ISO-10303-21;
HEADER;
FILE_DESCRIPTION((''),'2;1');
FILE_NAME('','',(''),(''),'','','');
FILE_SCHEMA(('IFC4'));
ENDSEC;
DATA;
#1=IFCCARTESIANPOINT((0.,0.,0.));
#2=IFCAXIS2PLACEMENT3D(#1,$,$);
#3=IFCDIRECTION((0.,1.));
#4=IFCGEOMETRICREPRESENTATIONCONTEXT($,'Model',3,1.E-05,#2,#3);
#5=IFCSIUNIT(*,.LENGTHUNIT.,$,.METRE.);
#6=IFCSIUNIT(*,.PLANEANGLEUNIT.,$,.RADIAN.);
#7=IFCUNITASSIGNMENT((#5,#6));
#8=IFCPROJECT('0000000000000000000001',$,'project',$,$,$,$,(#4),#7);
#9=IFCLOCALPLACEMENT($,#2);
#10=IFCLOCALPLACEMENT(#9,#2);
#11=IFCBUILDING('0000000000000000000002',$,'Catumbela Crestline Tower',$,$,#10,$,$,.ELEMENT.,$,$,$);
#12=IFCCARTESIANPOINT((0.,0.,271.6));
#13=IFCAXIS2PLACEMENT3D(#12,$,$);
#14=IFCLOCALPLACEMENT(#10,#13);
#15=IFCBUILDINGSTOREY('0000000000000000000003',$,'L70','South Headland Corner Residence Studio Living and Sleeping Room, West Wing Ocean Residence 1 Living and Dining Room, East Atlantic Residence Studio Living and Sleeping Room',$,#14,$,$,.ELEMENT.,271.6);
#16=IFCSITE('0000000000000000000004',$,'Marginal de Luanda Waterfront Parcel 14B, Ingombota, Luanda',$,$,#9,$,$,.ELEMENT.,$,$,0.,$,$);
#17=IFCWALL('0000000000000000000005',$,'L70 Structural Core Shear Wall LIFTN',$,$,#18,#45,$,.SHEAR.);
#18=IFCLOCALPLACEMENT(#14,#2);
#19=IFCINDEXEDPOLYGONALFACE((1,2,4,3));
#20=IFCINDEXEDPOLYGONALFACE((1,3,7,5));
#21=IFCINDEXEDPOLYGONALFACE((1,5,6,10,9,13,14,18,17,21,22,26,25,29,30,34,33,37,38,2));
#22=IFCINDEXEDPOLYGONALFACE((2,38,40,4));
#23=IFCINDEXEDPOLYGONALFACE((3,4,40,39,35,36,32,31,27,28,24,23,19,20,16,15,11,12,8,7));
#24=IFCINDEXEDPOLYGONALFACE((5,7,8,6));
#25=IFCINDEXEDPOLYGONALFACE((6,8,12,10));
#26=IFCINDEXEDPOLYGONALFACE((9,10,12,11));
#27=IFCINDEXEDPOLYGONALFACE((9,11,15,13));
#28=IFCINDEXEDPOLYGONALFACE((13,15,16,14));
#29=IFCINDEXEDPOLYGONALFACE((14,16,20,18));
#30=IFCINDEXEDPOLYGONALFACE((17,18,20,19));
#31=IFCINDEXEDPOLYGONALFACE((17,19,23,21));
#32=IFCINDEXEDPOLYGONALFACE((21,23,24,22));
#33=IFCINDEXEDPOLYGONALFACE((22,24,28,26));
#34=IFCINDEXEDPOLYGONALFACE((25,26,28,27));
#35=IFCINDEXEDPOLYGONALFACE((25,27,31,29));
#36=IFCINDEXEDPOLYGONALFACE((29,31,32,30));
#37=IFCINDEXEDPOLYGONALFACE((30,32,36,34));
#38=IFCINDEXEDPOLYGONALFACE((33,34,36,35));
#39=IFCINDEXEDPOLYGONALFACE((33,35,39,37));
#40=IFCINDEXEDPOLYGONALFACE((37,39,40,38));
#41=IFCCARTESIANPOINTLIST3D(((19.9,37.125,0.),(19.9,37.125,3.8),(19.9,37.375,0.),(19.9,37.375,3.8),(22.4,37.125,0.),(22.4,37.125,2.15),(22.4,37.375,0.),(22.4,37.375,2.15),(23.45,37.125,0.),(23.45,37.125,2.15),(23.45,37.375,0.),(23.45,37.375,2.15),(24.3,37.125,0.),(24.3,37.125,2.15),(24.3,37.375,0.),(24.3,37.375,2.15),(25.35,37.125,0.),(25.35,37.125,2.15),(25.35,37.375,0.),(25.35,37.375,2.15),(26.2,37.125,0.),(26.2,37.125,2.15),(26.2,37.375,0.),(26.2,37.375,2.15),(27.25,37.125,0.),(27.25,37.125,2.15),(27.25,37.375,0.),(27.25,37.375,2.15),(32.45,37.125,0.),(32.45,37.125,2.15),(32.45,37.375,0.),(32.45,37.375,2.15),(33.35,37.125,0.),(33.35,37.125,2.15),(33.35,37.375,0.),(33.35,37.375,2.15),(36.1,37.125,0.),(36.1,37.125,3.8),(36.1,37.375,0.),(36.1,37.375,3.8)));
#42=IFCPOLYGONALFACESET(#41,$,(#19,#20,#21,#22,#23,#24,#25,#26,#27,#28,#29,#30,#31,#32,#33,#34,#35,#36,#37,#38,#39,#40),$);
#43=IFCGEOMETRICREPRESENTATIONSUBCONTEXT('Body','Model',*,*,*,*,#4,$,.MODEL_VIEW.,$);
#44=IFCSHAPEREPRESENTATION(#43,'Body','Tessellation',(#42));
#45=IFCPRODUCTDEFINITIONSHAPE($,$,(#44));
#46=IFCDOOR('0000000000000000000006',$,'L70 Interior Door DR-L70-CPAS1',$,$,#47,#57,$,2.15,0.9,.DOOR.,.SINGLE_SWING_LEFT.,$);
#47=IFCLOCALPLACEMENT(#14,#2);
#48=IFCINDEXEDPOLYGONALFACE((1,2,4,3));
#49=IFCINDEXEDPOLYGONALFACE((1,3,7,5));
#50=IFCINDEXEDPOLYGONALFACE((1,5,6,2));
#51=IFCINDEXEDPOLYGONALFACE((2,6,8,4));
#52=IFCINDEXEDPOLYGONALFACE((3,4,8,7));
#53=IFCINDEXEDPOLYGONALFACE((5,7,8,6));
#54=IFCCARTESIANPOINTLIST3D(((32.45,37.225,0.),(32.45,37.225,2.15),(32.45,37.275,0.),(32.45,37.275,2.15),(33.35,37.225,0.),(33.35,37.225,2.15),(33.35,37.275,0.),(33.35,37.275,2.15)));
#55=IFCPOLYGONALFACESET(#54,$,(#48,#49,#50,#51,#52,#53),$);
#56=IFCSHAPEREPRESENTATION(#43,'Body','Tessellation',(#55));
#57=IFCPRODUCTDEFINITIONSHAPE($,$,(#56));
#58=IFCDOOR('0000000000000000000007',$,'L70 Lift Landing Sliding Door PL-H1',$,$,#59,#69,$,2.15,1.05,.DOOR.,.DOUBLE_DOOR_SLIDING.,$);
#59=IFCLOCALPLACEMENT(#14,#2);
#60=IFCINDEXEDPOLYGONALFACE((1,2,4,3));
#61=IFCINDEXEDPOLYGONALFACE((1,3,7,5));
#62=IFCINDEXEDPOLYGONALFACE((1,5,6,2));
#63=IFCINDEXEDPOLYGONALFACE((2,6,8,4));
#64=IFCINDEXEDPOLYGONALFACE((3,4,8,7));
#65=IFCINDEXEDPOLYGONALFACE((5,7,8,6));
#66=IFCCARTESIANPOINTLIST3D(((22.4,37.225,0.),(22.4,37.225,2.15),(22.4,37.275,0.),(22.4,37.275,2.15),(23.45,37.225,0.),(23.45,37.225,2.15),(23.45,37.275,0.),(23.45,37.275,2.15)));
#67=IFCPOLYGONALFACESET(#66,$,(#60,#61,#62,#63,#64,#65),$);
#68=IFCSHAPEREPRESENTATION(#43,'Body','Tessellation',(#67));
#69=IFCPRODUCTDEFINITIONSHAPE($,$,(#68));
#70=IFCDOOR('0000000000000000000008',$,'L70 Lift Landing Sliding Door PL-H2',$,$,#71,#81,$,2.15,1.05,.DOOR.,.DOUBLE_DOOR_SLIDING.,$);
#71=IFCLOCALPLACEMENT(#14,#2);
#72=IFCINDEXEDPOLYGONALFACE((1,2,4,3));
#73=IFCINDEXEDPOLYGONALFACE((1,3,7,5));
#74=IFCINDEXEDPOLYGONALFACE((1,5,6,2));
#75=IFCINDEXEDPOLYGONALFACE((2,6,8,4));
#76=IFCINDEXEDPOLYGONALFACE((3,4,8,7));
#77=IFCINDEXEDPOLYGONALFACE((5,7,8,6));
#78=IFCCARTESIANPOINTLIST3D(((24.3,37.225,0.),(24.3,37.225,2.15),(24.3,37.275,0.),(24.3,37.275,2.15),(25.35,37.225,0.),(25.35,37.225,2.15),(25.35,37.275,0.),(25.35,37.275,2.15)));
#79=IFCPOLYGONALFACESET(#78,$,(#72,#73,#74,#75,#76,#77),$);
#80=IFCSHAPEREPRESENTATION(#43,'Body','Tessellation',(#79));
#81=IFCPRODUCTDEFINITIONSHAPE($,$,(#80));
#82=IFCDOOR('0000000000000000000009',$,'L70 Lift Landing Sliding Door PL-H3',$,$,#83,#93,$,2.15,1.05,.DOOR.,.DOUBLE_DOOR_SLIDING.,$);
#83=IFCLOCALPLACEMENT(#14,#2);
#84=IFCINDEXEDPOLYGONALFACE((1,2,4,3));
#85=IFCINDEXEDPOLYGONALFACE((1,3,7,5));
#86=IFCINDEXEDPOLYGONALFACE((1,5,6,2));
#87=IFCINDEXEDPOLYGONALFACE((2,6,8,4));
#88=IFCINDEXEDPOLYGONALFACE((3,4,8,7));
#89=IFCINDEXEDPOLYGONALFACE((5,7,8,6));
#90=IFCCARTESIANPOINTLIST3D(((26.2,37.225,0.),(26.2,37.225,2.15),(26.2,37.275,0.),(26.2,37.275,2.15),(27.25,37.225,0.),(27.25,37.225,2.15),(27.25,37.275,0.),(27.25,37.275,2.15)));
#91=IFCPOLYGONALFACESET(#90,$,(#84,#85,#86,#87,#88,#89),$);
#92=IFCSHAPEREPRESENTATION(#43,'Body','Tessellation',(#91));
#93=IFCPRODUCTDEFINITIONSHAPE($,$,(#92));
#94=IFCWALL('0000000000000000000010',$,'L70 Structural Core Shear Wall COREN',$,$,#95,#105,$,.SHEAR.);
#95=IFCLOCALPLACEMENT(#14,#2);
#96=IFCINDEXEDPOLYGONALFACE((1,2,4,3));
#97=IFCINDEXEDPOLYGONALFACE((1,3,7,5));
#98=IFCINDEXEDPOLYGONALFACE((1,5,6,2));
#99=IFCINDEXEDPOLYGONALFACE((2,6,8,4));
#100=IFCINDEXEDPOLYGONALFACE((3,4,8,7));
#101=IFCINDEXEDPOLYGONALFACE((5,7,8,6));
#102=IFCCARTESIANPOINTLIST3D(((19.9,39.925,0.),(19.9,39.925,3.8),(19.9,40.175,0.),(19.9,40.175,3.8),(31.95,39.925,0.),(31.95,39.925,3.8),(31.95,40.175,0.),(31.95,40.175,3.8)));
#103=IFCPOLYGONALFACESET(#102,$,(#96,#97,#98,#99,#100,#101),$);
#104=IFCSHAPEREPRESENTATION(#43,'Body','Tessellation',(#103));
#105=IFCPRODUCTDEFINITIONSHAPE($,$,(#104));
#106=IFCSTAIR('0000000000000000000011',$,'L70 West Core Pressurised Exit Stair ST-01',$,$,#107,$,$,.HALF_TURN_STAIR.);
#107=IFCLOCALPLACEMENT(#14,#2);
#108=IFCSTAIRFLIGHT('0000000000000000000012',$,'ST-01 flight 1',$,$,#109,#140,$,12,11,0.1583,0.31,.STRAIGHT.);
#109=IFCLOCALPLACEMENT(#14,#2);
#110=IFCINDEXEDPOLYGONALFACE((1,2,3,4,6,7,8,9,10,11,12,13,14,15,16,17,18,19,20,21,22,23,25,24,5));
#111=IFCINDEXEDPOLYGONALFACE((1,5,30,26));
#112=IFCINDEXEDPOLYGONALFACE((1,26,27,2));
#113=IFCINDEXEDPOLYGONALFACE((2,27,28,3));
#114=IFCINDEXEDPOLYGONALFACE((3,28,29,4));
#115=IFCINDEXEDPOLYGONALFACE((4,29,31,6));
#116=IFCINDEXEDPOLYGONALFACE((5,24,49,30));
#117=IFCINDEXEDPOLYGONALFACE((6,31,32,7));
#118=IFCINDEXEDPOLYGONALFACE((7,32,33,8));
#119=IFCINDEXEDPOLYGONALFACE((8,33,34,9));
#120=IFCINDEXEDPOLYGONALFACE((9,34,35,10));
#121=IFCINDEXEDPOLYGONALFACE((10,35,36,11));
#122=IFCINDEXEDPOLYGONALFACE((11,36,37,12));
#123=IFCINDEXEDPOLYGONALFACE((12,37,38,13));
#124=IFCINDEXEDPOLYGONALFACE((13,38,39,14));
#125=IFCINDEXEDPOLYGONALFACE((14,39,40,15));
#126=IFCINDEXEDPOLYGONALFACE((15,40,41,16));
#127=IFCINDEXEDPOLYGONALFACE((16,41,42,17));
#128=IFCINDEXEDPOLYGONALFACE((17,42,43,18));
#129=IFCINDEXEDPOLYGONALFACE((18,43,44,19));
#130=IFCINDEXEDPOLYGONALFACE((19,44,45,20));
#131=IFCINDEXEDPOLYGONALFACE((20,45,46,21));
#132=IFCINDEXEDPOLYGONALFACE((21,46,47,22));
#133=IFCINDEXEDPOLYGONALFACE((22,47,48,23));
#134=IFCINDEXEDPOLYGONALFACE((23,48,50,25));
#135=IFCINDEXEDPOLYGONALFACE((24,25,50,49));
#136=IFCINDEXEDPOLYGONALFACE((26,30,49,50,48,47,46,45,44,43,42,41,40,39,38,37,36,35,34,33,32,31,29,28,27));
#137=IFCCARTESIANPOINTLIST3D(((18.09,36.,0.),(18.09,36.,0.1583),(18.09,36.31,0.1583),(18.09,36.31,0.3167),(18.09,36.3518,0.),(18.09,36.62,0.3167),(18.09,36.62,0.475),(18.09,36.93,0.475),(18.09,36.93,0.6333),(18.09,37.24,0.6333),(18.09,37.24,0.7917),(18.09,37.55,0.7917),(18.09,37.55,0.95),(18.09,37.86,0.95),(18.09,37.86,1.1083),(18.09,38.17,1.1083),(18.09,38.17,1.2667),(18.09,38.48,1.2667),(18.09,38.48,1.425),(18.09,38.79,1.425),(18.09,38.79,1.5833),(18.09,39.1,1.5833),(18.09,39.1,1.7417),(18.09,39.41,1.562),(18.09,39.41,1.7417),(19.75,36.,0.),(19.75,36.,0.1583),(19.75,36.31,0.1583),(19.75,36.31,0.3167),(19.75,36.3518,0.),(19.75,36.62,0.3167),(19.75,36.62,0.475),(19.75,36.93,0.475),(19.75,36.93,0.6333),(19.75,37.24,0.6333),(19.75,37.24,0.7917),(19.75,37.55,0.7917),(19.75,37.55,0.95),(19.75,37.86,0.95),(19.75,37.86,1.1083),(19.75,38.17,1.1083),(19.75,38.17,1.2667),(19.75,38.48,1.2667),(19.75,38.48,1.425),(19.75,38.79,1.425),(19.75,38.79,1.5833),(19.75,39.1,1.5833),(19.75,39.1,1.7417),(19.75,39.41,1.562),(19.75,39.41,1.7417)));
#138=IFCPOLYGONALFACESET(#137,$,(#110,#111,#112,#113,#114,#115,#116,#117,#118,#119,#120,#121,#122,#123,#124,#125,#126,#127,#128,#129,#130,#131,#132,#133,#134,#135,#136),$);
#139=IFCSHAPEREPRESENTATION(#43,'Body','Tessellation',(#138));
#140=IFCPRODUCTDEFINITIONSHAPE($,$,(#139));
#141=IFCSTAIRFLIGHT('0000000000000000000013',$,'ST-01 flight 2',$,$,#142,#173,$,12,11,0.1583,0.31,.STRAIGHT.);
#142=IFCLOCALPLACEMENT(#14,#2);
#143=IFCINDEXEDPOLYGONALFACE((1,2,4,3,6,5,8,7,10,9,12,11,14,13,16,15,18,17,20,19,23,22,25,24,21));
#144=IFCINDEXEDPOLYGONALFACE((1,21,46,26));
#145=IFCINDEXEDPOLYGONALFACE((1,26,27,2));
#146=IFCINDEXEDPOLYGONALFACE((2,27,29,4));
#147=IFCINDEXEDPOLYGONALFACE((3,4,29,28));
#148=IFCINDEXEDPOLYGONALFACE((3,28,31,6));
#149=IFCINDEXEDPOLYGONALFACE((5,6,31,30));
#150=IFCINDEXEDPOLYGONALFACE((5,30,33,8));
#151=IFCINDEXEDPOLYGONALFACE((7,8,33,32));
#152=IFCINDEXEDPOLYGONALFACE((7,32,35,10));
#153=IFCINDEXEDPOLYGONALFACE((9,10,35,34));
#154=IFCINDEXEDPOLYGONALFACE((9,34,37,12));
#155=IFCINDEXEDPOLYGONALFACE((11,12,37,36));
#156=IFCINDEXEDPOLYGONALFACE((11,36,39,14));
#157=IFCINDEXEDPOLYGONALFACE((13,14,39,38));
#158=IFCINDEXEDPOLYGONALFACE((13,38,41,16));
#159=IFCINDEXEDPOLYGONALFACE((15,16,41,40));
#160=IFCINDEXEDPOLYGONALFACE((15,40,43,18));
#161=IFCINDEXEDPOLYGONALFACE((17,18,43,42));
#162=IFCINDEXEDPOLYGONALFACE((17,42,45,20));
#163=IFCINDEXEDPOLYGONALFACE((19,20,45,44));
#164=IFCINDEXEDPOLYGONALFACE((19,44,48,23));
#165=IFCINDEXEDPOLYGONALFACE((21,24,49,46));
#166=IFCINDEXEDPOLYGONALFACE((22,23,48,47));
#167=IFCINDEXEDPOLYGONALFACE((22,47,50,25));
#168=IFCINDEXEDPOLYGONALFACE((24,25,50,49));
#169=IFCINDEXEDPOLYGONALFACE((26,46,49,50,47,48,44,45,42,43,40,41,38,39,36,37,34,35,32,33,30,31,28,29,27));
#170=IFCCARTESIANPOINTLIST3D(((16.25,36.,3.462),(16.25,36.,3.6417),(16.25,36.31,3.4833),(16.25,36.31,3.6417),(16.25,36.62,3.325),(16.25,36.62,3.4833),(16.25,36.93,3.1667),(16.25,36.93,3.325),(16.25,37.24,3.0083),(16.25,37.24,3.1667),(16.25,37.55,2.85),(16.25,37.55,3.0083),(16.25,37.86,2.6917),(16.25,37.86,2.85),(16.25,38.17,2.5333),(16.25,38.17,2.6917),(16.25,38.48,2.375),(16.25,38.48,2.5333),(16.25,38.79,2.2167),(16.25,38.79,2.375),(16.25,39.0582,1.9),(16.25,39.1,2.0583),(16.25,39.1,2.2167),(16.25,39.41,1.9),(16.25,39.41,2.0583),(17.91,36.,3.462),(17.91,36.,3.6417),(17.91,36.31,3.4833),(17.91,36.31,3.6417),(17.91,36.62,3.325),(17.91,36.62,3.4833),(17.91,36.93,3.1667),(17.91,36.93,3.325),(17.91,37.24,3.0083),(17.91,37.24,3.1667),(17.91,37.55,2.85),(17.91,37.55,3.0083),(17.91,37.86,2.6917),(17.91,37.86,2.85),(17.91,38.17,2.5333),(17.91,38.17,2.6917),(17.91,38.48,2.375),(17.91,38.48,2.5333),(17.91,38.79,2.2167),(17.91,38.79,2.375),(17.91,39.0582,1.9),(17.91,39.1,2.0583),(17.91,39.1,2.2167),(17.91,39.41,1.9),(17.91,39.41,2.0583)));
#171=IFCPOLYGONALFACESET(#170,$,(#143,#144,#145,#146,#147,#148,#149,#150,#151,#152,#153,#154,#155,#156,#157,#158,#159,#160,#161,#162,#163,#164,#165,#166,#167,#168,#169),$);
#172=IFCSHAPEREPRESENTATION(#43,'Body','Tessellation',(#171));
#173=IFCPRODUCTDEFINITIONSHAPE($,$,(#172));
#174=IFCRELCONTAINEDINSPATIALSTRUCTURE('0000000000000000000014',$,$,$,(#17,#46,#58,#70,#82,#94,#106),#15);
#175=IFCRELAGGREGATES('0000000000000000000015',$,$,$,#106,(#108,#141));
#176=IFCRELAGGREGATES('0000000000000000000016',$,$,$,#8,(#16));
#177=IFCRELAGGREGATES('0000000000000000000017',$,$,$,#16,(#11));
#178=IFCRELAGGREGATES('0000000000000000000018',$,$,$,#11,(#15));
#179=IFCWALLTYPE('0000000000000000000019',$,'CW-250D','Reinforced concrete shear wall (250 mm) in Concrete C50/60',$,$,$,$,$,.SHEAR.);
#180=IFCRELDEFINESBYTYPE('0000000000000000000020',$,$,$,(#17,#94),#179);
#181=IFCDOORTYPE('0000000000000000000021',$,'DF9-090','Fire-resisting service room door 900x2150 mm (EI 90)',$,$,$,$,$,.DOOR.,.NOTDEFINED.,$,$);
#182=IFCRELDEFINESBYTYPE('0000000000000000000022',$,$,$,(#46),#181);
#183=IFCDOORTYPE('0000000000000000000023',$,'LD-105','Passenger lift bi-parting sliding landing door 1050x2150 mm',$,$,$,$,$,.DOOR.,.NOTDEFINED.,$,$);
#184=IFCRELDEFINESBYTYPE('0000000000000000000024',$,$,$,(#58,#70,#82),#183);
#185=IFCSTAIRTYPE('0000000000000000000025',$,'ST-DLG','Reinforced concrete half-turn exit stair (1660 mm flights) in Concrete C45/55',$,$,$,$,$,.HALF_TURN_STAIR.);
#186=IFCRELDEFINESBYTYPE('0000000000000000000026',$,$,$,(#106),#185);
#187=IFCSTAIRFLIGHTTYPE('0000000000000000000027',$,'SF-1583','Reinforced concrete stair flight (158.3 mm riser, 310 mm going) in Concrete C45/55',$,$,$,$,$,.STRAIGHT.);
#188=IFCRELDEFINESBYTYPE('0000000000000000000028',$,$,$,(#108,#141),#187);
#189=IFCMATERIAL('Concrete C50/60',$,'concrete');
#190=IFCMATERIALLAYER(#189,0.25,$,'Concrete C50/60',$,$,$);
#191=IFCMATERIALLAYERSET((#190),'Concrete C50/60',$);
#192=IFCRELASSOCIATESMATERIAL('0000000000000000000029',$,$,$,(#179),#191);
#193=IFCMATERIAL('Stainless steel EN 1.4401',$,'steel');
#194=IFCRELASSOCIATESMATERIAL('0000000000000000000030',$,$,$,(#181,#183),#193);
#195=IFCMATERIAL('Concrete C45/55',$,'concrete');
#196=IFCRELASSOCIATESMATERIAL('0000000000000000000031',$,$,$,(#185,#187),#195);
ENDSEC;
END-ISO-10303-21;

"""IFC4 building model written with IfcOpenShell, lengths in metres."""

from ifc_helpers import new_model, si_unit, direction, frame, frame_2d, origin, place, context, subcontext, project, spatial, polyline, rectangle, outline, extrude, material, layer, layer_set, type_object, element, fill, aggregate, save


model = new_model("IFC4")

# Units and contexts
model_context = context("Model", 3, precision=1e-05, world=origin(), true_north=direction((0.0, 1.0)))
body_context = subcontext(model_context, "Body", "Model", "MODEL_VIEW")
ifc_project = project(units=[si_unit("LENGTHUNIT", "METRE"), si_unit("PLANEANGLEUNIT", "RADIAN")], contexts=[model_context])

# Site, building, storey
site_placement = place(None, origin())
site = spatial("IfcSite", under=ifc_project, at=site_placement, Name="Marginal de Luanda Waterfront Parcel 14B, Ingombota, Luanda", CompositionType="ELEMENT", RefElevation=0.0)
building_placement = place(site_placement, origin())
building = spatial("IfcBuilding", under=site, at=building_placement, Name="Catumbela Crestline Tower", CompositionType="ELEMENT")
storey_placement = place(building_placement, frame((0.0, 0.0, 271.6)))
storey = spatial("IfcBuildingStorey", under=building, at=storey_placement, Name="L70", Description="South Headland Corner Residence Studio Living and Sleeping Room, West Wing Ocean Residence 1 Living and Dining Room, East Atlantic Residence Studio Living and Sleeping Room", CompositionType="ELEMENT", Elevation=271.6)

# Shared definitions
ifc_material_1 = material(Name="Concrete C50/60", Category="concrete")
ifc_layer = layer(ifc_material_1, 0.25, Name="Concrete C50/60")
ifc_layer_set = layer_set([ifc_layer], Name="Concrete C50/60")
wall_type = type_object("IfcWallType", Name="CW-250D", Description="Reinforced concrete shear wall (250 mm) in Concrete C50/60", PredefinedType="SHEAR", material=ifc_layer_set)

# Shared definitions
ifc_material_2 = material(Name="Stainless steel EN 1.4401", Category="steel")

# Wall, openings, doors
wall_1_placement = place(storey_placement, frame((19.9, 37.25, 0.0), z_axis=(0.0, 0.0, 1.0), x_axis=(1.0, 0.0, 0.0)))
wall_1 = element("IfcWall", 1, at=wall_1_placement, inside=storey, type_object=wall_type, Name="L70 Structural Core Shear Wall LIFTN", PredefinedType="SHEAR", context=body_context, shape_type="SweptSolid", body=[
    extrude(rectangle(XDim=16.2, YDim=0.25, at=frame_2d((8.1, 0.0))), origin(), (0.0, 0.0, 1.0), 3.8),
])
opening_1_placement = place(wall_1_placement, frame((12.55, 0.0, 0.0)))
opening_1 = element("IfcOpeningElement", 2, at=opening_1_placement, cuts=wall_1, PredefinedType="OPENING", context=body_context, shape_type="SweptSolid", body=[
    extrude(rectangle(XDim=0.9, YDim=2.15, at=frame_2d((0.45, 1.075))), frame((0.0, 0.135, 0.0), z_axis=(0.0, -1.0, 0.0), x_axis=(1.0, 0.0, 0.0)), (0.0, 0.0, 1.0), 0.27),
])
opening_2_placement = place(wall_1_placement, frame((2.5, 0.0, 0.0)))
opening_2 = element("IfcOpeningElement", 3, at=opening_2_placement, cuts=wall_1, PredefinedType="OPENING", context=body_context, shape_type="SweptSolid", body=[
    extrude(rectangle(XDim=1.05, YDim=2.15, at=frame_2d((0.525, 1.075))), frame((0.0, 0.135, 0.0), z_axis=(0.0, -1.0, 0.0), x_axis=(1.0, 0.0, 0.0)), (0.0, 0.0, 1.0), 0.27),
])
opening_3_placement = place(wall_1_placement, frame((4.4, 0.0, 0.0)))
opening_3 = element("IfcOpeningElement", 4, at=opening_3_placement, cuts=wall_1, PredefinedType="OPENING", context=body_context, shape_type="SweptSolid", body=[
    extrude(rectangle(XDim=1.05, YDim=2.15, at=frame_2d((0.525, 1.075))), frame((0.0, 0.135, 0.0), z_axis=(0.0, -1.0, 0.0), x_axis=(1.0, 0.0, 0.0)), (0.0, 0.0, 1.0), 0.27),
])
opening_4_placement = place(wall_1_placement, frame((6.3, 0.0, 0.0)))
opening_4 = element("IfcOpeningElement", 5, at=opening_4_placement, cuts=wall_1, PredefinedType="OPENING", context=body_context, shape_type="SweptSolid", body=[
    extrude(rectangle(XDim=1.05, YDim=2.15, at=frame_2d((0.525, 1.075))), frame((0.0, 0.135, 0.0), z_axis=(0.0, -1.0, 0.0), x_axis=(1.0, 0.0, 0.0)), (0.0, 0.0, 1.0), 0.27),
])
door_type_1 = type_object("IfcDoorType", Name="DF9-090", Description="Fire-resisting service room door 900x2150 mm (EI 90)", OperationType="NOTDEFINED", PredefinedType="DOOR", material=ifc_material_2)
door_1_placement = place(opening_1_placement, origin())
door_1 = element("IfcDoor", 6, at=door_1_placement, inside=storey, type_object=door_type_1, Name="L70 Interior Door DR-L70-CPAS1", OperationType="SINGLE_SWING_LEFT", OverallHeight=2.15, OverallWidth=0.9, PredefinedType="DOOR", context=body_context, shape_type="SweptSolid", body=[
    extrude(rectangle(XDim=0.9, YDim=2.15, at=frame_2d((0.45, 1.075))), frame((0.0, 0.025, 0.0), z_axis=(0.0, -1.0, 0.0), x_axis=(1.0, 0.0, 0.0)), (0.0, 0.0, 1.0), 0.05),
])
fill(opening_1, door_1)
door_type_2 = type_object("IfcDoorType", Name="LD-105", Description="Passenger lift bi-parting sliding landing door 1050x2150 mm", OperationType="NOTDEFINED", PredefinedType="DOOR", material=ifc_material_2)
door_2_placement = place(opening_2_placement, origin())
door_2 = element("IfcDoor", 7, at=door_2_placement, inside=storey, type_object=door_type_2, Name="L70 Lift Landing Sliding Door PL-H1", OperationType="DOUBLE_DOOR_SLIDING", OverallHeight=2.15, OverallWidth=1.05, PredefinedType="DOOR", context=body_context, shape_type="SweptSolid", body=[
    extrude(rectangle(XDim=1.05, YDim=2.15, at=frame_2d((0.525, 1.075))), frame((0.0, 0.025, 0.0), z_axis=(0.0, -1.0, 0.0), x_axis=(1.0, 0.0, 0.0)), (0.0, 0.0, 1.0), 0.05),
])
fill(opening_2, door_2)
door_3_placement = place(opening_3_placement, origin())
door_3 = element("IfcDoor", 8, at=door_3_placement, inside=storey, type_object=door_type_2, Name="L70 Lift Landing Sliding Door PL-H2", OperationType="DOUBLE_DOOR_SLIDING", OverallHeight=2.15, OverallWidth=1.05, PredefinedType="DOOR", context=body_context, shape_type="SweptSolid", body=[
    extrude(rectangle(XDim=1.05, YDim=2.15, at=frame_2d((0.525, 1.075))), frame((0.0, 0.025, 0.0), z_axis=(0.0, -1.0, 0.0), x_axis=(1.0, 0.0, 0.0)), (0.0, 0.0, 1.0), 0.05),
])
fill(opening_3, door_3)
door_4_placement = place(opening_4_placement, origin())
door_4 = element("IfcDoor", 9, at=door_4_placement, inside=storey, type_object=door_type_2, Name="L70 Lift Landing Sliding Door PL-H3", OperationType="DOUBLE_DOOR_SLIDING", OverallHeight=2.15, OverallWidth=1.05, PredefinedType="DOOR", context=body_context, shape_type="SweptSolid", body=[
    extrude(rectangle(XDim=1.05, YDim=2.15, at=frame_2d((0.525, 1.075))), frame((0.0, 0.025, 0.0), z_axis=(0.0, -1.0, 0.0), x_axis=(1.0, 0.0, 0.0)), (0.0, 0.0, 1.0), 0.05),
])
fill(opening_4, door_4)

# Wall
wall_2_placement = place(storey_placement, frame((19.9, 40.05, 0.0), z_axis=(0.0, 0.0, 1.0), x_axis=(1.0, 0.0, 0.0)))
element("IfcWall", 10, at=wall_2_placement, inside=storey, type_object=wall_type, Name="L70 Structural Core Shear Wall COREN", PredefinedType="SHEAR", context=body_context, shape_type="SweptSolid", body=[
    extrude(rectangle(XDim=12.05, YDim=0.25, at=frame_2d((6.025, 0.0))), origin(), (0.0, 0.0, 1.0), 3.8),
])

# Stair, stair flights
ifc_material_3 = material(Name="Concrete C45/55", Category="concrete")
stair_type = type_object("IfcStairType", Name="ST-DLG", Description="Reinforced concrete half-turn exit stair (1660 mm flights) in Concrete C45/55", PredefinedType="HALF_TURN_STAIR", material=ifc_material_3)
stair_placement = place(storey_placement, origin())
stair = element("IfcStair", 11, at=stair_placement, inside=storey, type_object=stair_type, Name="L70 West Core Pressurised Exit Stair ST-01", PredefinedType="HALF_TURN_STAIR")
stair_flight_type = type_object("IfcStairFlightType", Name="SF-1583", Description="Reinforced concrete stair flight (158.3 mm riser, 310 mm going) in Concrete C45/55", PredefinedType="STRAIGHT", material=ifc_material_3)
stair_flight_1_placement = place(storey_placement, frame((18.92, 36.0, 0.0), z_axis=(0.0, 0.0, 1.0), x_axis=(0.0, 1.0, 0.0)))
stair_flight_1 = element("IfcStairFlight", 12, at=stair_flight_1_placement, type_object=stair_flight_type, Name="ST-01 flight 1", NumberOfRisers=12, NumberOfTreads=11, PredefinedType="STRAIGHT", RiserHeight=0.1583, TreadLength=0.31, context=body_context, shape_type="SweptSolid", body=[
    extrude(outline(polyline([(0.0, 0.0), (0.0, 0.1583), (0.31, 0.1583), (0.31, 0.3167), (0.62, 0.3167), (0.62, 0.475), (0.93, 0.475), (0.93, 0.6333), (1.24, 0.6333), (1.24, 0.7917), (1.55, 0.7917), (1.55, 0.95), (1.86, 0.95), (1.86, 1.1083), (2.17, 1.1083), (2.17, 1.2667), (2.48, 1.2667), (2.48, 1.425), (2.79, 1.425), (2.79, 1.5833), (3.1, 1.5833), (3.1, 1.7417), (3.41, 1.7417), (3.41, 1.9), (3.41, 1.562), (0.3518, 0.0), (0.0, 0.0)])), frame((0.0, 0.83, 0.0), z_axis=(0.0, -1.0, 0.0), x_axis=(1.0, 0.0, 0.0)), (0.0, 0.0, 1.0), 1.66),
])
stair_flight_2_placement = place(storey_placement, frame((17.08, 39.41, 1.9), z_axis=(0.0, 0.0, 1.0), x_axis=(0.0, -1.0, 0.0)))
stair_flight_2 = element("IfcStairFlight", 13, at=stair_flight_2_placement, type_object=stair_flight_type, Name="ST-01 flight 2", NumberOfRisers=12, NumberOfTreads=11, PredefinedType="STRAIGHT", RiserHeight=0.1583, TreadLength=0.31, context=body_context, shape_type="SweptSolid", body=[
    extrude(outline(polyline([(0.0, 0.0), (0.0, 0.1583), (0.31, 0.1583), (0.31, 0.3167), (0.62, 0.3167), (0.62, 0.475), (0.93, 0.475), (0.93, 0.6333), (1.24, 0.6333), (1.24, 0.7917), (1.55, 0.7917), (1.55, 0.95), (1.86, 0.95), (1.86, 1.1083), (2.17, 1.1083), (2.17, 1.2667), (2.48, 1.2667), (2.48, 1.425), (2.79, 1.425), (2.79, 1.5833), (3.1, 1.5833), (3.1, 1.7417), (3.41, 1.7417), (3.41, 1.9), (3.41, 1.562), (0.3518, 0.0), (0.0, 0.0)])), frame((0.0, 0.83, 0.0), z_axis=(0.0, -1.0, 0.0), x_axis=(1.0, 0.0, 0.0)), (0.0, 0.0, 1.0), 1.66),
])
aggregate(stair, [stair_flight_1, stair_flight_2])

save(model, "model.ifc")
